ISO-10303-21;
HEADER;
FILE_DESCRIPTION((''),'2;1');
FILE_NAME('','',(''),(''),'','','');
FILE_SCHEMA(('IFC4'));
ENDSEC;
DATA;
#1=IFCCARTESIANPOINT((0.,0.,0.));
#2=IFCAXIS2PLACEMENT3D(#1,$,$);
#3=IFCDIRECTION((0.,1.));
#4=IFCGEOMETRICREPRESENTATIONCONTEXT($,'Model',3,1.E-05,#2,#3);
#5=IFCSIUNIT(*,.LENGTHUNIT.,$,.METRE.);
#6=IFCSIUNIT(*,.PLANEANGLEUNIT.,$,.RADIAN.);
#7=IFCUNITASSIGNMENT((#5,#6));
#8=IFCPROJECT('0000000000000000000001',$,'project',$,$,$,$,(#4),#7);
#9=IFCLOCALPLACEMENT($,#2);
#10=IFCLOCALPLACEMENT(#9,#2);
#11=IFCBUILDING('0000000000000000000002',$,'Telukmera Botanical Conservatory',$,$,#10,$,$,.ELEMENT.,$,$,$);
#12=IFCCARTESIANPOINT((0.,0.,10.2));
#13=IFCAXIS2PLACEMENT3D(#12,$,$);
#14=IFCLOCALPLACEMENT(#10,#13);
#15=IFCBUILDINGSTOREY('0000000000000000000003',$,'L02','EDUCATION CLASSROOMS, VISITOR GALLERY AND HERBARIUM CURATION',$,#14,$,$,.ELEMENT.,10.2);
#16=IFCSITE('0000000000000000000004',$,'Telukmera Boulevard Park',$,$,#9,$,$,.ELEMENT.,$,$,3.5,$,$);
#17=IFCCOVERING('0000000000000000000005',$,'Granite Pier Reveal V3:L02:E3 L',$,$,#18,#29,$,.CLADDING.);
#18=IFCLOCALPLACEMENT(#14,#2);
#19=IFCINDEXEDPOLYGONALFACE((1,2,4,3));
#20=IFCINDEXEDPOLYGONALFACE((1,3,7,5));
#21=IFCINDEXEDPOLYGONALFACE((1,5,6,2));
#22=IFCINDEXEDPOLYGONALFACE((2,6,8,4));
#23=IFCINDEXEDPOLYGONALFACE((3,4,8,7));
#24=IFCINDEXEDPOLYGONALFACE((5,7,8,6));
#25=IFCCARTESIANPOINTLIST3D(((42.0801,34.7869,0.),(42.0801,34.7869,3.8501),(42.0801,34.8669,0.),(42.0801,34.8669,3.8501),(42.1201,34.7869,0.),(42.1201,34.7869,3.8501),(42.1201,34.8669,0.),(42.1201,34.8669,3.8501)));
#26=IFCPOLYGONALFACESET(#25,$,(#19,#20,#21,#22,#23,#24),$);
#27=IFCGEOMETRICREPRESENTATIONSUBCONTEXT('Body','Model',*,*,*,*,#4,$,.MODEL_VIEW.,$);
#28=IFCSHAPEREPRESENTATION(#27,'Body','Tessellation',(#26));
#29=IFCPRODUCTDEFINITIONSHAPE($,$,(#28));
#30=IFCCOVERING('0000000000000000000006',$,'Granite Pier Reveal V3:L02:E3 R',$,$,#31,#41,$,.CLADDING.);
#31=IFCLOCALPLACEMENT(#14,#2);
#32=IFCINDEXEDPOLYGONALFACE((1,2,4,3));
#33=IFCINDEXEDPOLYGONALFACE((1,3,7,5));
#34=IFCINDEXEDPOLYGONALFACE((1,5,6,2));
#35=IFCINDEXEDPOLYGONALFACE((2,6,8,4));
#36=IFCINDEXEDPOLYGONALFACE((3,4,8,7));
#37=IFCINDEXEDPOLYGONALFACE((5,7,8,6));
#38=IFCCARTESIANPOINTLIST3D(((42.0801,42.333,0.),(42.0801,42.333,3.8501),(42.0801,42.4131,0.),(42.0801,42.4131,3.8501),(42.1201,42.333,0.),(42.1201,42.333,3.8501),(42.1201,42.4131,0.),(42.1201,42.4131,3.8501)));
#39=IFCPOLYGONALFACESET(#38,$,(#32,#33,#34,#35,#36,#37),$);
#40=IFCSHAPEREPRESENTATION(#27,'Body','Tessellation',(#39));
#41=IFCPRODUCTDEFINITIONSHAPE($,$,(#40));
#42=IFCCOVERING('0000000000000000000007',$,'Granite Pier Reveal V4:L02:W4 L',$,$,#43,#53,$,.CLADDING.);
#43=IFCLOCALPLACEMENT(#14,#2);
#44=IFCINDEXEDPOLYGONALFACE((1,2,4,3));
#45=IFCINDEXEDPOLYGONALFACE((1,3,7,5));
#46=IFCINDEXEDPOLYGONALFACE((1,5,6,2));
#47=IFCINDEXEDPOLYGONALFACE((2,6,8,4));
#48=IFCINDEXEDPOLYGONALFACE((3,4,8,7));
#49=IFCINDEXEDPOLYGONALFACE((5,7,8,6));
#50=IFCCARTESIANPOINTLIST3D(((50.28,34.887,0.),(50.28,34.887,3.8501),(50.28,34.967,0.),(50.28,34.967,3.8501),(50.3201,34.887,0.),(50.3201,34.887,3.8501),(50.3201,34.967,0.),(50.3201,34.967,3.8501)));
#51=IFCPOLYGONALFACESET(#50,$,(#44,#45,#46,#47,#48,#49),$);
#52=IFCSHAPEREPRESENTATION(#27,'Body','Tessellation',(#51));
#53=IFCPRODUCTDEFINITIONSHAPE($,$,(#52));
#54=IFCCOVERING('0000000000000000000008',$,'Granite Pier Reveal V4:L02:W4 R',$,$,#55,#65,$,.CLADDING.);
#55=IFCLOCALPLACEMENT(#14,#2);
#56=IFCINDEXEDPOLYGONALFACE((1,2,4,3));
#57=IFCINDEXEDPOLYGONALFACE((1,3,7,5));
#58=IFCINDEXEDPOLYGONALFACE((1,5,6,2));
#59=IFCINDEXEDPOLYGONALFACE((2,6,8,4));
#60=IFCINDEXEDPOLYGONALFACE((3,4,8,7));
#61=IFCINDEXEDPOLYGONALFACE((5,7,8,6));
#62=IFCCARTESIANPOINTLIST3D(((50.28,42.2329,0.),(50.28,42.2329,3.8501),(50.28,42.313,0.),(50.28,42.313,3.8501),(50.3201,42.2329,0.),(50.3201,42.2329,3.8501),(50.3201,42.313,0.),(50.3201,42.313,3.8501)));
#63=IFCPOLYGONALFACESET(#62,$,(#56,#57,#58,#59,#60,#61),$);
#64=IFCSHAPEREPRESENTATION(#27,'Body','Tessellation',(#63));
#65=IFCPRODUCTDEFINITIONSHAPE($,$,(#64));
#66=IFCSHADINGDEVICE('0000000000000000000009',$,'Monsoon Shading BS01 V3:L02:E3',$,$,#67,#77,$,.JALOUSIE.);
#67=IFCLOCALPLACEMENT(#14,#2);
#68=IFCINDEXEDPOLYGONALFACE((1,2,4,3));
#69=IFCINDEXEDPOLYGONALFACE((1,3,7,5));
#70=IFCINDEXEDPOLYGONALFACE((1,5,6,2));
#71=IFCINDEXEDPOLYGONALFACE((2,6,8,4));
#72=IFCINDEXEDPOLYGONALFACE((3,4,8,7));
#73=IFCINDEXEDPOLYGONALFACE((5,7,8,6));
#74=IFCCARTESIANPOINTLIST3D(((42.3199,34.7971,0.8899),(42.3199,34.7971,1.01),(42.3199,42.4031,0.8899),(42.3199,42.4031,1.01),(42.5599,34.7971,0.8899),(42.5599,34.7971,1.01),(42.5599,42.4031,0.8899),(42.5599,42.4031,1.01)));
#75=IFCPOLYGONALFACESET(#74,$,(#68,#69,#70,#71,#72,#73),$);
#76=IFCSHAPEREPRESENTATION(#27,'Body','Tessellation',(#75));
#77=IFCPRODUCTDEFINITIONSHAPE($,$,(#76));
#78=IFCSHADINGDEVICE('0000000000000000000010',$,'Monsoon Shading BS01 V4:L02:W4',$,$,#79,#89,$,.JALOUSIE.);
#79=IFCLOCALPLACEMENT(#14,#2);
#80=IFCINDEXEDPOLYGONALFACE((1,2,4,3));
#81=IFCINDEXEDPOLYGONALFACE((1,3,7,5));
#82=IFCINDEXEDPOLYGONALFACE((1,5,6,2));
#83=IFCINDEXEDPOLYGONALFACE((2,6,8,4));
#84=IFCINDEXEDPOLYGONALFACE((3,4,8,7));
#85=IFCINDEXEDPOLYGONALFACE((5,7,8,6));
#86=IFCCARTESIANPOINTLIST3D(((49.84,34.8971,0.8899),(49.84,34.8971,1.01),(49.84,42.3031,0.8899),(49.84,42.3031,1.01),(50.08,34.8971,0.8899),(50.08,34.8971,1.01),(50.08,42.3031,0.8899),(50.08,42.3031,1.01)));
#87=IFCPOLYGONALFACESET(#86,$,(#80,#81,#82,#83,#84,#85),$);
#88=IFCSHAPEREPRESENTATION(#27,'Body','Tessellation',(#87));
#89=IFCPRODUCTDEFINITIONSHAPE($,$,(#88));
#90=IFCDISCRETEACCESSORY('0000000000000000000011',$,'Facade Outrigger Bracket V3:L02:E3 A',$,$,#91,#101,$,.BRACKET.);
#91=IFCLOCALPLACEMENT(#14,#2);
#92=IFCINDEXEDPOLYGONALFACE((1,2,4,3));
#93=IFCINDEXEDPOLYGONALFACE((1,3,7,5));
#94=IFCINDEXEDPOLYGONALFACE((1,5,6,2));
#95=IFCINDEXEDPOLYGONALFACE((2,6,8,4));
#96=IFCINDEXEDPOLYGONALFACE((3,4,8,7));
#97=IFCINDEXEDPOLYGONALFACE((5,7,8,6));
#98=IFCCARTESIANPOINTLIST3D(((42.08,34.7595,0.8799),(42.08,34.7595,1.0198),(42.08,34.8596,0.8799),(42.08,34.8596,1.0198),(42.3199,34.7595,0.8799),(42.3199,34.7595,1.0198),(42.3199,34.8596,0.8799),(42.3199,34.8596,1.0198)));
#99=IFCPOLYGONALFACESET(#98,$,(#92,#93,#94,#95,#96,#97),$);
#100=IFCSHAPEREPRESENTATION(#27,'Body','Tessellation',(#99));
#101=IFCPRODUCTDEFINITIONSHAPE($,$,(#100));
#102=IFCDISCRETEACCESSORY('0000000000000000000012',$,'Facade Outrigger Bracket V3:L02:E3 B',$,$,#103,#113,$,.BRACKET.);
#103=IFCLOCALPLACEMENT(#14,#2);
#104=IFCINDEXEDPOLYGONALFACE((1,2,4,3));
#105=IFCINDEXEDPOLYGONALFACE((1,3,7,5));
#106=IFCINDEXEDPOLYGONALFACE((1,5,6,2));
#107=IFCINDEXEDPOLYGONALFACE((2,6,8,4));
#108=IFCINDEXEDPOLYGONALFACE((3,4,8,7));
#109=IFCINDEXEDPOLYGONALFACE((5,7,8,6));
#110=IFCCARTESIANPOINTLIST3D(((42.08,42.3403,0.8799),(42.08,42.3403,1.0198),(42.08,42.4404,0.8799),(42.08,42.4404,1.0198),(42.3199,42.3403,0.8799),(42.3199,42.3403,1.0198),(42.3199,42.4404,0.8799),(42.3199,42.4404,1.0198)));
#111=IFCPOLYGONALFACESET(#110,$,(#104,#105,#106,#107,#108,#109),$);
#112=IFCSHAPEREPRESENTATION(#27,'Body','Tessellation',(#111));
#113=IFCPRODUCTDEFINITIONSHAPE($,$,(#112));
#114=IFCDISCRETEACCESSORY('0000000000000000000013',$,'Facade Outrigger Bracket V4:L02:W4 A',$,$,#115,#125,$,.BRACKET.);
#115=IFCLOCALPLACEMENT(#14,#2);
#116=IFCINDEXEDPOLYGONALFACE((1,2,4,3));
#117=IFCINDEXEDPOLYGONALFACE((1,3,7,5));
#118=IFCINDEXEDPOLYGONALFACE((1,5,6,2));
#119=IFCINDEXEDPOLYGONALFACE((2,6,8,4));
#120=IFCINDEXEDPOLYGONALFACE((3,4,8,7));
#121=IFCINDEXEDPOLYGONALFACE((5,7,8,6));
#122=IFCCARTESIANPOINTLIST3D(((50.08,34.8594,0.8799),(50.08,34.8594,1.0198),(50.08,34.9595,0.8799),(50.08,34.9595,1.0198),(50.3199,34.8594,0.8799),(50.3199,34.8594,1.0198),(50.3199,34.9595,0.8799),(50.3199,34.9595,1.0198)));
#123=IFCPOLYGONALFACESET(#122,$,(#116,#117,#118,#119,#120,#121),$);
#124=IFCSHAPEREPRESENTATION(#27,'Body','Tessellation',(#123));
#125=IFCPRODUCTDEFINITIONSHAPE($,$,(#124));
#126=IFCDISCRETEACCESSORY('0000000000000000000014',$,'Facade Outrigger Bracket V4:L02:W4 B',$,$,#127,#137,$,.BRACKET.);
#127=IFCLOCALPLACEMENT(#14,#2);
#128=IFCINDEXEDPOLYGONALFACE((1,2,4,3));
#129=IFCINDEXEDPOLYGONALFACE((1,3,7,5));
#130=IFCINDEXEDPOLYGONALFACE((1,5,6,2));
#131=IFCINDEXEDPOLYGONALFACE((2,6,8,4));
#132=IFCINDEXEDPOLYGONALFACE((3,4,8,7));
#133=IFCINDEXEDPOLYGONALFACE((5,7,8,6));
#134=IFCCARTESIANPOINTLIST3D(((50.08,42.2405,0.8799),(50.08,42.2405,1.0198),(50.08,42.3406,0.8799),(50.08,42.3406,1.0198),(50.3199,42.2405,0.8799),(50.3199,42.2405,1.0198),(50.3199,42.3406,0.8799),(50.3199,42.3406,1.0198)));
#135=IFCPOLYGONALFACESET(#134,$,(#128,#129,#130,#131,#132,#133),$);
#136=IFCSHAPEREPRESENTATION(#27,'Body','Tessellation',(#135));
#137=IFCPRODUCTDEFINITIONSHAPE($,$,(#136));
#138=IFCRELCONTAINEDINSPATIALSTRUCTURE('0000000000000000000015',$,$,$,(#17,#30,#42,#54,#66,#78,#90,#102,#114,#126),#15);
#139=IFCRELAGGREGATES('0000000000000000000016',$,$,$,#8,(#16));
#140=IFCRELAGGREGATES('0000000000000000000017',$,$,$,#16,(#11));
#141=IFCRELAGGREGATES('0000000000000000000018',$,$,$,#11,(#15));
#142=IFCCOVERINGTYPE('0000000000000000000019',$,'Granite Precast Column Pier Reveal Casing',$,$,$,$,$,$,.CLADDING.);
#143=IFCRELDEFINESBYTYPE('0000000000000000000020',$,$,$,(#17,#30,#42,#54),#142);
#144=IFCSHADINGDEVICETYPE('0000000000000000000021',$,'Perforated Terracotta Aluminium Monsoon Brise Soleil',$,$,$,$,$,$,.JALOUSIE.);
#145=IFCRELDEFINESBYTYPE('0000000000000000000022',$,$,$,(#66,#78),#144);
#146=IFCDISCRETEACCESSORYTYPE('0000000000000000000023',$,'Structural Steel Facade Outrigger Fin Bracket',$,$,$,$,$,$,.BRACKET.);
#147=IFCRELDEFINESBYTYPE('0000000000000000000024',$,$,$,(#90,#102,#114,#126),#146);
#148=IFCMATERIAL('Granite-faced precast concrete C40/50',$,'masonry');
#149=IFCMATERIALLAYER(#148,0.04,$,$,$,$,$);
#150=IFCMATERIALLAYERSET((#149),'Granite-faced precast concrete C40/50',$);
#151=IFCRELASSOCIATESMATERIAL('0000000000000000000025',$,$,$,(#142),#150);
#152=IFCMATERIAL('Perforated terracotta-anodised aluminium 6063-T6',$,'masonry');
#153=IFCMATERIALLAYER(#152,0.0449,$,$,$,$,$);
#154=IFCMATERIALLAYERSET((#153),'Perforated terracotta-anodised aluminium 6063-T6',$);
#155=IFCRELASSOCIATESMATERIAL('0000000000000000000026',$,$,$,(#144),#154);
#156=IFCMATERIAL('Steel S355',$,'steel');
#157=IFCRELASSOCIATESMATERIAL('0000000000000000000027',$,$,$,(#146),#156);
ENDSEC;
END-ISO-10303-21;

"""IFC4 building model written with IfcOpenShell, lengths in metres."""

from ifc_helpers import new_model, si_unit, direction, frame, origin, origin_2d, place, context, subcontext, project, spatial, rectangle, extrude, material, layer, layer_set, type_object, element, save


model = new_model("IFC4")

# Units and contexts
model_context = context("Model", 3, precision=1e-05, world=origin(), true_north=direction((0.0, 1.0)))
body_context = subcontext(model_context, "Body", "Model", "MODEL_VIEW")
ifc_project = project(units=[si_unit("LENGTHUNIT", "METRE"), si_unit("PLANEANGLEUNIT", "RADIAN")], contexts=[model_context])

# Site, building, storey
site_placement = place(None, origin())
site = spatial("IfcSite", under=ifc_project, at=site_placement, Name="Telukmera Boulevard Park", CompositionType="ELEMENT", RefElevation=3.5)
building_placement = place(site_placement, origin())
building = spatial("IfcBuilding", under=site, at=building_placement, Name="Telukmera Botanical Conservatory", CompositionType="ELEMENT")
storey_placement = place(building_placement, frame((0.0, 0.0, 10.2)))
storey = spatial("IfcBuildingStorey", under=building, at=storey_placement, Name="L02", Description="EDUCATION CLASSROOMS, VISITOR GALLERY AND HERBARIUM CURATION", CompositionType="ELEMENT", Elevation=10.2)

# Coverings
ifc_material_1 = material(Name="Granite-faced precast concrete C40/50", Category="masonry")
ifc_layer_1 = layer(ifc_material_1, 0.04)
ifc_layer_set_1 = layer_set([ifc_layer_1], Name="Granite-faced precast concrete C40/50")
covering_type = type_object("IfcCoveringType", Name="Granite Precast Column Pier Reveal Casing", PredefinedType="CLADDING", material=ifc_layer_set_1)
for number, where, z_axis, x_axis, name in (
    (1, (42.1001, 34.8269, 0.0), (0.0, 0.0, 1.0), (0.0, 1.0, 0.0), "Granite Pier Reveal V3:L02:E3 L"),
    (2, (42.1001, 42.373, 0.0), (0.0, 0.0, 1.0), (0.0, 1.0, 0.0), "Granite Pier Reveal V3:L02:E3 R"),
    (3, (50.3, 34.927, 0.0), (0.0, 0.0, 1.0), (0.0, 1.0, 0.0), "Granite Pier Reveal V4:L02:W4 L"),
    (4, (50.3, 42.2729, 0.0), (0.0, 0.0, 1.0), (0.0, 1.0, 0.0), "Granite Pier Reveal V4:L02:W4 R"),
):
    element("IfcCovering", number, at=place(storey_placement, frame(where, z_axis=z_axis, x_axis=x_axis)), inside=storey, type_object=covering_type, Name=name, PredefinedType="CLADDING", context=body_context, shape_type="SweptSolid", body=[
        extrude(rectangle(XDim=0.0801, YDim=0.04, at=origin_2d()), origin(), (0.0, 0.0, 1.0), 3.8501),
    ])

# Shading devices
ifc_material_2 = material(Name="Perforated terracotta-anodised aluminium 6063-T6", Category="masonry")
ifc_layer_2 = layer(ifc_material_2, 0.0449)
ifc_layer_set_2 = layer_set([ifc_layer_2], Name="Perforated terracotta-anodised aluminium 6063-T6")
shading_device_type = type_object("IfcShadingDeviceType", Name="Perforated Terracotta Aluminium Monsoon Brise Soleil", PredefinedType="JALOUSIE", material=ifc_layer_set_2)
shading_device_1_placement = place(storey_placement, frame((42.4399, 38.6001, 0.8899), z_axis=(0.0, 0.0, 1.0), x_axis=(0.0, 1.0, 0.0)))
element("IfcShadingDevice", 5, at=shading_device_1_placement, inside=storey, type_object=shading_device_type, Name="Monsoon Shading BS01 V3:L02:E3", PredefinedType="JALOUSIE", context=body_context, shape_type="SweptSolid", body=[
    extrude(rectangle(XDim=7.606, YDim=0.24, at=origin_2d()), origin(), (0.0, 0.0, 1.0), 0.1201),
])
shading_device_2_placement = place(storey_placement, frame((49.96, 38.6001, 0.8899), z_axis=(0.0, 0.0, 1.0), x_axis=(0.0, 1.0, 0.0)))
element("IfcShadingDevice", 6, at=shading_device_2_placement, inside=storey, type_object=shading_device_type, Name="Monsoon Shading BS01 V4:L02:W4", PredefinedType="JALOUSIE", context=body_context, shape_type="SweptSolid", body=[
    extrude(rectangle(XDim=7.406, YDim=0.24, at=origin_2d()), origin(), (0.0, 0.0, 1.0), 0.1201),
])

# Discrete accessories
ifc_material_3 = material(Name="Steel S355", Category="steel")
discrete_accessory_type = type_object("IfcDiscreteAccessoryType", Name="Structural Steel Facade Outrigger Fin Bracket", PredefinedType="BRACKET", material=ifc_material_3)
for number, where, z_axis, x_axis, name in (
    (7, (42.2, 34.8096, 0.8799), (0.0, 0.0, 1.0), (0.0, 1.0, 0.0), "Facade Outrigger Bracket V3:L02:E3 A"),
    (8, (42.2, 42.3904, 0.8799), (0.0, 0.0, 1.0), (0.0, 1.0, 0.0), "Facade Outrigger Bracket V3:L02:E3 B"),
    (9, (50.2, 34.9094, 0.8799), (0.0, 0.0, 1.0), (0.0, 1.0, 0.0), "Facade Outrigger Bracket V4:L02:W4 A"),
    (10, (50.2, 42.2905, 0.8799), (0.0, 0.0, 1.0), (0.0, 1.0, 0.0), "Facade Outrigger Bracket V4:L02:W4 B"),
):
    element("IfcDiscreteAccessory", number, at=place(storey_placement, frame(where, z_axis=z_axis, x_axis=x_axis)), inside=storey, type_object=discrete_accessory_type, Name=name, PredefinedType="BRACKET", context=body_context, shape_type="SweptSolid", body=[
        extrude(rectangle(XDim=0.1001, YDim=0.24, at=origin_2d()), origin(), (0.0, 0.0, 1.0), 0.1399),
    ])

save(model, "model.ifc")
